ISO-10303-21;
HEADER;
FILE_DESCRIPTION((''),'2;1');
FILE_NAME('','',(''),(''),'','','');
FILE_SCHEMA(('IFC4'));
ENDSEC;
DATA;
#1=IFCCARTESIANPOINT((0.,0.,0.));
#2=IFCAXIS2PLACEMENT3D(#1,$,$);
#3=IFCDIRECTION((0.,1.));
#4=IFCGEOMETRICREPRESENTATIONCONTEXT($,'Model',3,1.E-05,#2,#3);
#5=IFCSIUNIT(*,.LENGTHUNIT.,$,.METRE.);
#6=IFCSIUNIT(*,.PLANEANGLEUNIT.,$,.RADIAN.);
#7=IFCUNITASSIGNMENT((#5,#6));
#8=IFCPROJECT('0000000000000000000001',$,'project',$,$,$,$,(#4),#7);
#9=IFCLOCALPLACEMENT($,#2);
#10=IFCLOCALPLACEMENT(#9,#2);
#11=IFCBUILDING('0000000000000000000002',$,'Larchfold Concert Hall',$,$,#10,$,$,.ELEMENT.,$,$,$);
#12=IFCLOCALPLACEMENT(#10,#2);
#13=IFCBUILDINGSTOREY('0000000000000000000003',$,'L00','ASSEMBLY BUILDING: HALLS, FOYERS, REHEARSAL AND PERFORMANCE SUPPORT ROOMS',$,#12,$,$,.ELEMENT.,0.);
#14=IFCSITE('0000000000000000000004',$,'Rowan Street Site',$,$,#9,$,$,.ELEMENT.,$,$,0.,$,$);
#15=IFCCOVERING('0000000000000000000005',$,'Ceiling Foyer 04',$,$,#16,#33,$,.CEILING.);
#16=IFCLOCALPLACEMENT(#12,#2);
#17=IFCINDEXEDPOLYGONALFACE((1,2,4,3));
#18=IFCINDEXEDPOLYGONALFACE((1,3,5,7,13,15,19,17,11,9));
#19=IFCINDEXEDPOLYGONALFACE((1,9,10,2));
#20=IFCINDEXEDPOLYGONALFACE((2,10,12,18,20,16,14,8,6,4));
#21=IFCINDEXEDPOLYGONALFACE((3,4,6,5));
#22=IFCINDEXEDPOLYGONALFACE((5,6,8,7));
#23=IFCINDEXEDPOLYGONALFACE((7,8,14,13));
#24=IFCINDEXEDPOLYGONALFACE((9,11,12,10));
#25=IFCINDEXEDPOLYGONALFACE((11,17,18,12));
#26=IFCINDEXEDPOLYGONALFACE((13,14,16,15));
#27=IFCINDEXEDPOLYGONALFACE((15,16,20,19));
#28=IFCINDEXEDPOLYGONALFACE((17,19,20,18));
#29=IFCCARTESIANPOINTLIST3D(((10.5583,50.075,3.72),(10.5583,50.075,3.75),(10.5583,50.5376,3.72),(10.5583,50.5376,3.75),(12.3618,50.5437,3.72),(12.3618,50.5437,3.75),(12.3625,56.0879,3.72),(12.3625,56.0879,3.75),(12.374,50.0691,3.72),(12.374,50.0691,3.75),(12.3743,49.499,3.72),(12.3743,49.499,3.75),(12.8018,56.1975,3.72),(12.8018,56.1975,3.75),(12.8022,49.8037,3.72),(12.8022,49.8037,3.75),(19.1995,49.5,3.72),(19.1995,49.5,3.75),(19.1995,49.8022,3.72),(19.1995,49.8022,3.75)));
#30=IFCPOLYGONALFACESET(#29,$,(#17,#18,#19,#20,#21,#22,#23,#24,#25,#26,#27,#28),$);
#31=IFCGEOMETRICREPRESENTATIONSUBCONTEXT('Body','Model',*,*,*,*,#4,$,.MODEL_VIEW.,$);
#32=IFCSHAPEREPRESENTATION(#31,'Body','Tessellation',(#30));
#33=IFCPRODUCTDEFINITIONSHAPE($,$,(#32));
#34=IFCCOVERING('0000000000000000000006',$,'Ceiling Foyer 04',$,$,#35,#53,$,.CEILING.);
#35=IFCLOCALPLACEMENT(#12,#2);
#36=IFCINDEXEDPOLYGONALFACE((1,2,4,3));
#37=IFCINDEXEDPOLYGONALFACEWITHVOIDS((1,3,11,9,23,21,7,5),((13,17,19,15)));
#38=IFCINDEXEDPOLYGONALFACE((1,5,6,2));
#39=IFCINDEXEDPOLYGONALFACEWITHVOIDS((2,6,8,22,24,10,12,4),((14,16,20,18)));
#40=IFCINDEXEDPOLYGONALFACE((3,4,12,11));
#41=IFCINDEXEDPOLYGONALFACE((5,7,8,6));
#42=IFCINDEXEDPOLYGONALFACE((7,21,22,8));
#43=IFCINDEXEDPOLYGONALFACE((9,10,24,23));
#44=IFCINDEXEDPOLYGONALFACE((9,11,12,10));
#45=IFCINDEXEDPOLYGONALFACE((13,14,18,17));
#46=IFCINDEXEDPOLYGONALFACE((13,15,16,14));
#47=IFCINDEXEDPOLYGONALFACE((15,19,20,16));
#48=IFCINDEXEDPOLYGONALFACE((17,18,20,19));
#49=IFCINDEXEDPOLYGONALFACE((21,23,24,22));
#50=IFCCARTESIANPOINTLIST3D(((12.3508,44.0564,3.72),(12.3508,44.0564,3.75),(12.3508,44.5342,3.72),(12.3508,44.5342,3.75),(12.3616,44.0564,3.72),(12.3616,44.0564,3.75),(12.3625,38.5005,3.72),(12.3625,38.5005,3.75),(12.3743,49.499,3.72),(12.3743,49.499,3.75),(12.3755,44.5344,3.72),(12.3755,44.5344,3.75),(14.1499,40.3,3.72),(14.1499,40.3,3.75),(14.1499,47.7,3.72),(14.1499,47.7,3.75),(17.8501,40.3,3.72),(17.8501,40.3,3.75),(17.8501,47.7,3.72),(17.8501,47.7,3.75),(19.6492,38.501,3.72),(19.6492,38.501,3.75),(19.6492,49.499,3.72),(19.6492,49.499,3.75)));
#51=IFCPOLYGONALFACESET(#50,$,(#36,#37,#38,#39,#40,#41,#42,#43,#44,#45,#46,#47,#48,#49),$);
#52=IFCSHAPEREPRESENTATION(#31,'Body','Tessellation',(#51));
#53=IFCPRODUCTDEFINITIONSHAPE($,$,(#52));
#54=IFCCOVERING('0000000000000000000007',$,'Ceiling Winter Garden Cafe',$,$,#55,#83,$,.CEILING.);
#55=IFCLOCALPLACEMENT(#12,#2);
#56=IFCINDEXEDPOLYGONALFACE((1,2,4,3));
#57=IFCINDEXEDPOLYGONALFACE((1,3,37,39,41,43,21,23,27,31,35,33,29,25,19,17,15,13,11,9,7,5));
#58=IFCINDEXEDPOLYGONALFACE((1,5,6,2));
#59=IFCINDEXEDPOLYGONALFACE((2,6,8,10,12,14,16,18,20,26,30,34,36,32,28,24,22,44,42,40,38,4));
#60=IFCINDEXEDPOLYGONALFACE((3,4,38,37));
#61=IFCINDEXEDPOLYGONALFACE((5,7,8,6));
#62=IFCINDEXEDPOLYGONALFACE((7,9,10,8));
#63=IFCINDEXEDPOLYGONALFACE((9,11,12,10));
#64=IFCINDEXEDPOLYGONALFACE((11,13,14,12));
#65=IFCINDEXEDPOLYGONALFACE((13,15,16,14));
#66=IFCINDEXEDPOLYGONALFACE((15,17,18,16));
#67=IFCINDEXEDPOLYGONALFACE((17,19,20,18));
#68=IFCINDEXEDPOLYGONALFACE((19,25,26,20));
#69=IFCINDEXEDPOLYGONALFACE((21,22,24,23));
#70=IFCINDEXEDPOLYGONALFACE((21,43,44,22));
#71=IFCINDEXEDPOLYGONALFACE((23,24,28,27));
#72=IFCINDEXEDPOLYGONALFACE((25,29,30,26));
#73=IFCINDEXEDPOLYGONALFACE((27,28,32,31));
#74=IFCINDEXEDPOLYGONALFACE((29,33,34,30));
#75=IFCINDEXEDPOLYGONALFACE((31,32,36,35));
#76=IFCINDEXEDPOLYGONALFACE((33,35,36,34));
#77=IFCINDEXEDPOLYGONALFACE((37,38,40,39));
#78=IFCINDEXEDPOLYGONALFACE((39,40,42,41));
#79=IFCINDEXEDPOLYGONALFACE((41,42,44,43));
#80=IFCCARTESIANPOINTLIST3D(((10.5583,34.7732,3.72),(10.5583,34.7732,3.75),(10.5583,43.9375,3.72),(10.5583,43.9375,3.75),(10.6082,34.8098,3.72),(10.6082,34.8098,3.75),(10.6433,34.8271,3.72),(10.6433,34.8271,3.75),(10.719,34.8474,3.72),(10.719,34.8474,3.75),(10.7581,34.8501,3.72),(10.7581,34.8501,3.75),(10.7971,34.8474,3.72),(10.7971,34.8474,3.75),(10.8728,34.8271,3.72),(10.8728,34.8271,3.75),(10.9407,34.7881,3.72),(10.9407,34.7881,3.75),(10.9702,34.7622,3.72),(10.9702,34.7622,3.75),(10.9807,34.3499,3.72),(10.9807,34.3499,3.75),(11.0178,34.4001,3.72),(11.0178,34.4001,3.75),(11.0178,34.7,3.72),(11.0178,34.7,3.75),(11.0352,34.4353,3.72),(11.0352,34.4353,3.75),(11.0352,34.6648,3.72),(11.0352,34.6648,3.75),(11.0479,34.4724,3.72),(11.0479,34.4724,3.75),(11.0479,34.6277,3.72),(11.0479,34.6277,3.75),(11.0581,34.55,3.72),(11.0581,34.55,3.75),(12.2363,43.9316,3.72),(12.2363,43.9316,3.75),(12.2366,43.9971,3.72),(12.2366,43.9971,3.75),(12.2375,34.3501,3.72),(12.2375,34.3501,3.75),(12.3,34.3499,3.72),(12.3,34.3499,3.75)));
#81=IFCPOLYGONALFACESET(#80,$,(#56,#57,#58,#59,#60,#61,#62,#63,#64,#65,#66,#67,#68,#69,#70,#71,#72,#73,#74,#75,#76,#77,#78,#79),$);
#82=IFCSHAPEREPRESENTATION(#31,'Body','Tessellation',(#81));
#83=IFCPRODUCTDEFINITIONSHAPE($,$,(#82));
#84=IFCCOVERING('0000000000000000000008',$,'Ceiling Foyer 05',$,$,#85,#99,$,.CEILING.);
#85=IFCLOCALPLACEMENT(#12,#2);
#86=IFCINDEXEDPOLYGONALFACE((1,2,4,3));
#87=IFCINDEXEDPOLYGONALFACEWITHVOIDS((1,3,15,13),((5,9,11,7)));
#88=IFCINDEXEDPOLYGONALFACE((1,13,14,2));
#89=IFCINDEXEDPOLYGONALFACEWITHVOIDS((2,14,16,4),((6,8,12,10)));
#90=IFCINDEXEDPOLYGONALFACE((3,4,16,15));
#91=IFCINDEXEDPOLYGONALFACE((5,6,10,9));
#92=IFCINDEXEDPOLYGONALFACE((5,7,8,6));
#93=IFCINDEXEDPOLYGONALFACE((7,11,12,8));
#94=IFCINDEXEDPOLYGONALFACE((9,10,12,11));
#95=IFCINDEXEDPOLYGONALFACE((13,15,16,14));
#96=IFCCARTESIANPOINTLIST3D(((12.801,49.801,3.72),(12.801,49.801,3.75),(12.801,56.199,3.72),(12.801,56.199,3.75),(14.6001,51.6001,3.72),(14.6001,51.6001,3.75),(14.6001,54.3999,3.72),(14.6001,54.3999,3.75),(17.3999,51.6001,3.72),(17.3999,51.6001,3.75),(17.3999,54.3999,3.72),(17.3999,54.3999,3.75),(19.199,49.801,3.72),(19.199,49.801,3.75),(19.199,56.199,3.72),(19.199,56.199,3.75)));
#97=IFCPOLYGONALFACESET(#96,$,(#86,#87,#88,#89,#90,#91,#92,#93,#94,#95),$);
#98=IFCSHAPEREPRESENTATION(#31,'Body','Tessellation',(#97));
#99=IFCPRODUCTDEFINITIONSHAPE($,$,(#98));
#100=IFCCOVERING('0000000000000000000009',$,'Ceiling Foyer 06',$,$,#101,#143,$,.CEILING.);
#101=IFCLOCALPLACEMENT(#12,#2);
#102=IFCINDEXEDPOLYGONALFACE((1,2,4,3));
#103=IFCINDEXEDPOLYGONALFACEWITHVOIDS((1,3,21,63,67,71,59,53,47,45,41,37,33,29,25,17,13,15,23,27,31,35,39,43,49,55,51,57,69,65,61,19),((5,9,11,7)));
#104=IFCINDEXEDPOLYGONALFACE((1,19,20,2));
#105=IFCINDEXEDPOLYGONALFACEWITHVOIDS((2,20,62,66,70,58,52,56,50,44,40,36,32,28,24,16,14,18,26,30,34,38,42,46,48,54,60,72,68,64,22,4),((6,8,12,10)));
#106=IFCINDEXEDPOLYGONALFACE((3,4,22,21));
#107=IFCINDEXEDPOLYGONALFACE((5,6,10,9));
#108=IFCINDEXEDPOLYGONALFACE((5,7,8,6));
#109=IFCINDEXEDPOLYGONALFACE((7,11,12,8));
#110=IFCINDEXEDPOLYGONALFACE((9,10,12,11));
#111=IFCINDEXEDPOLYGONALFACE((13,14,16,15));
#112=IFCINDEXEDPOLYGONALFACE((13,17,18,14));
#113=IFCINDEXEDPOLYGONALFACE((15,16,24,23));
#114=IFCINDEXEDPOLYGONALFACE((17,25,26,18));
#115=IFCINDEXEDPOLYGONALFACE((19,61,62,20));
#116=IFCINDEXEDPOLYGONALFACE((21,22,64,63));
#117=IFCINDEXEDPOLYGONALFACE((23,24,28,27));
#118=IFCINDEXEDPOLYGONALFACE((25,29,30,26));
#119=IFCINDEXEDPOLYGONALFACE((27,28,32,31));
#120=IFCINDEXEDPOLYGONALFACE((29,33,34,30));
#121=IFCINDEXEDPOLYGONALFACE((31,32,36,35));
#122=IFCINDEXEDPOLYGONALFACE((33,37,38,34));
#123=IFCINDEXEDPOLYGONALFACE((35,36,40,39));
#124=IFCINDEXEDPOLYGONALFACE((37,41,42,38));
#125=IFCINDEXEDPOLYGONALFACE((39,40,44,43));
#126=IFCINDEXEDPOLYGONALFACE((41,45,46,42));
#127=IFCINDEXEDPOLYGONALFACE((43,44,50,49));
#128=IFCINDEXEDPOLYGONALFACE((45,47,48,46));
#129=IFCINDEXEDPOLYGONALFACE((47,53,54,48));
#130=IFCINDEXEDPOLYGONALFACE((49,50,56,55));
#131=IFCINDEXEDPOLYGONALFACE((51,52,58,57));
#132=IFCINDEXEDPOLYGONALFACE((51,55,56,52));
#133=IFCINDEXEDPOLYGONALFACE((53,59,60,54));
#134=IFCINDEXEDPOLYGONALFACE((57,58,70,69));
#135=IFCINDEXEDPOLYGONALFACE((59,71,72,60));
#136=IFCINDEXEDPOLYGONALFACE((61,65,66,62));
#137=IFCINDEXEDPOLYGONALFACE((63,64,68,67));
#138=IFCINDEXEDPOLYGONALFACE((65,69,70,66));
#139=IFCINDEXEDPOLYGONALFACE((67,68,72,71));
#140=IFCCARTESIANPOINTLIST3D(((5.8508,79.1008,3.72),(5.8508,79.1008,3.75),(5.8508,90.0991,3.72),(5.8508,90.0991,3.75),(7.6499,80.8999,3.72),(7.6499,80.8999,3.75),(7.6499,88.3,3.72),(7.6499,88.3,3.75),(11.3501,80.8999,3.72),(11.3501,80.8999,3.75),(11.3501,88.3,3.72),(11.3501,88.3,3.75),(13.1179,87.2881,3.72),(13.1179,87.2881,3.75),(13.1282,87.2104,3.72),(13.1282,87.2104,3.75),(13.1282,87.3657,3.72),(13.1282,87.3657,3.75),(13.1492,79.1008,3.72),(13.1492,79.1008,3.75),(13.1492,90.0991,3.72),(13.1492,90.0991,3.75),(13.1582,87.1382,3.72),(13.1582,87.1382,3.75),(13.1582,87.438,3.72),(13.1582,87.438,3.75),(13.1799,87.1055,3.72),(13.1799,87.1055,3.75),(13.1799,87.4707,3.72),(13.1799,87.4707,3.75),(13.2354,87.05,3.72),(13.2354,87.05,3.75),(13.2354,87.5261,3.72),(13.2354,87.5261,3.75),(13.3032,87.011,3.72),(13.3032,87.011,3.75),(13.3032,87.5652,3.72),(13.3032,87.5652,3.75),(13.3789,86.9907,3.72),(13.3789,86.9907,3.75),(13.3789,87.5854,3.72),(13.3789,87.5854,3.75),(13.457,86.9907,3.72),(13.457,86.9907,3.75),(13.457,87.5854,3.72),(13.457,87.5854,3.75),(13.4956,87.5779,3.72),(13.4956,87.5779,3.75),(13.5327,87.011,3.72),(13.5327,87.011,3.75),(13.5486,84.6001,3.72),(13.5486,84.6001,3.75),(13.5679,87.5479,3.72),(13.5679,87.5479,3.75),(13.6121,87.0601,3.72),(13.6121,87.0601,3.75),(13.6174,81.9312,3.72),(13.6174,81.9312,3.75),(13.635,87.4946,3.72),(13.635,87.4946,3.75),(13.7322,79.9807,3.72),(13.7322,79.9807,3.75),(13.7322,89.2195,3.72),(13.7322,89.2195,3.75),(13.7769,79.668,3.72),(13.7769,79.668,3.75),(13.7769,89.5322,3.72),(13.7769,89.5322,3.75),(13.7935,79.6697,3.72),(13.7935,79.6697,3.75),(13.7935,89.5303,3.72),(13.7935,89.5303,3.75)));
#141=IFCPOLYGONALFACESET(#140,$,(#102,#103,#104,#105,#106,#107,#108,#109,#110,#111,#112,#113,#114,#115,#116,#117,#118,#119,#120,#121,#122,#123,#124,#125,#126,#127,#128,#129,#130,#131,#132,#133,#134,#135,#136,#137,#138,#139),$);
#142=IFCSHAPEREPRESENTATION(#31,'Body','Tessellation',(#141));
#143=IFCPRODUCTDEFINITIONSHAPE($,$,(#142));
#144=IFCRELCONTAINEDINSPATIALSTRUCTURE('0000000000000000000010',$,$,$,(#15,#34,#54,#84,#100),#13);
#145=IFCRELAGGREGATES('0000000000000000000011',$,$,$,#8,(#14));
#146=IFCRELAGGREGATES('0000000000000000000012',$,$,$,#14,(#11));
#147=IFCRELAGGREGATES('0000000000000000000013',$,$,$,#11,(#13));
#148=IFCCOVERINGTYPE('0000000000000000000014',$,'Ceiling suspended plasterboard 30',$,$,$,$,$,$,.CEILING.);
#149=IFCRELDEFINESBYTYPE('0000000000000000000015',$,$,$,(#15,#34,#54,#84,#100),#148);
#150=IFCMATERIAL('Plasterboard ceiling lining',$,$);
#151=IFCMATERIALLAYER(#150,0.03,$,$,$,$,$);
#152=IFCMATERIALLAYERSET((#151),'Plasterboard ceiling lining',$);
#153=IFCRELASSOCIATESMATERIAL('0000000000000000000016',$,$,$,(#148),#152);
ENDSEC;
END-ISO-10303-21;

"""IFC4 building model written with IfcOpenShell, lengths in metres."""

from ifc_helpers import new_model, si_unit, direction, frame, origin, place, context, subcontext, project, spatial, polyline, outline, extrude, material, layer, layer_set, type_object, element, save


model = new_model("IFC4")

# Units and contexts
model_context = context("Model", 3, precision=1e-05, world=origin(), true_north=direction((0.0, 1.0)))
body_context = subcontext(model_context, "Body", "Model", "MODEL_VIEW")
ifc_project = project(units=[si_unit("LENGTHUNIT", "METRE"), si_unit("PLANEANGLEUNIT", "RADIAN")], contexts=[model_context])

# Site, building, storey
site_placement = place(None, origin())
site = spatial("IfcSite", under=ifc_project, at=site_placement, Name="Rowan Street Site", CompositionType="ELEMENT", RefElevation=0.0)
building_placement = place(site_placement, origin())
building = spatial("IfcBuilding", under=site, at=building_placement, Name="Larchfold Concert Hall", CompositionType="ELEMENT")
storey_placement = place(building_placement, origin())
storey = spatial("IfcBuildingStorey", under=building, at=storey_placement, Name="L00", Description="ASSEMBLY BUILDING: HALLS, FOYERS, REHEARSAL AND PERFORMANCE SUPPORT ROOMS", CompositionType="ELEMENT", Elevation=0.0)

# Coverings
ifc_material_1 = material(Name="Plasterboard ceiling lining")
ifc_layer_1 = layer(ifc_material_1, 0.03)
ifc_layer_set_1 = layer_set([ifc_layer_1], Name="Plasterboard ceiling lining")
covering_type_1 = type_object("IfcCoveringType", Name="Ceiling suspended plasterboard 30", PredefinedType="CEILING", material=ifc_layer_set_1)
covering_1_placement = place(storey_placement, frame((0.0, 0.0, 3.72)))
element("IfcCovering", 1, at=covering_1_placement, inside=storey, type_object=covering_type_1, Name="Ceiling Foyer 04", PredefinedType="CEILING", context=body_context, shape_type="SweptSolid", body=[
    extrude(outline(polyline([(10.5583, 50.075), (12.374, 50.0691), (12.3743, 49.499), (19.1995, 49.5), (19.1995, 49.8022), (12.8022, 49.8037), (12.8018, 56.1975), (12.3625, 56.0879), (12.3618, 50.5437), (10.5583, 50.5376), (10.5583, 50.075)])), origin(), (0.0, 0.0, 1.0), 0.03),
])
covering_2_placement = place(storey_placement, frame((0.0, 0.0, 3.72)))
element("IfcCovering", 2, at=covering_2_placement, inside=storey, type_object=covering_type_1, Name="Ceiling Foyer 04", PredefinedType="CEILING", context=body_context, shape_type="SweptSolid", body=[
    extrude(outline(polyline([(12.3755, 44.5344), (12.3508, 44.5342), (12.3508, 44.0564), (12.3616, 44.0564), (12.3625, 38.5005), (19.6492, 38.501), (19.6492, 49.499), (12.3743, 49.499), (12.3755, 44.5344)]), holes=[polyline([(14.1499, 40.3), (14.1499, 47.7), (17.8501, 47.7), (17.8501, 40.3), (14.1499, 40.3)])]), origin(), (0.0, 0.0, 1.0), 0.03),
])
covering_3_placement = place(storey_placement, frame((0.0, 0.0, 3.72)))
element("IfcCovering", 3, at=covering_3_placement, inside=storey, type_object=covering_type_1, Name="Ceiling Winter Garden Cafe", PredefinedType="CEILING", context=body_context, shape_type="SweptSolid", body=[
    extrude(outline(polyline([(12.2366, 43.9971), (12.2363, 43.9316), (10.5583, 43.9375), (10.5583, 34.7732), (10.6082, 34.8098), (10.6433, 34.8271), (10.719, 34.8474), (10.7581, 34.8501), (10.7971, 34.8474), (10.8728, 34.8271), (10.9407, 34.7881), (10.9702, 34.7622), (11.0178, 34.7), (11.0352, 34.6648), (11.0479, 34.6277), (11.0581, 34.55), (11.0479, 34.4724), (11.0352, 34.4353), (11.0178, 34.4001), (10.9807, 34.3499), (12.3, 34.3499), (12.2375, 34.3501), (12.2366, 43.9971)])), origin(), (0.0, 0.0, 1.0), 0.03),
])
covering_4_placement = place(storey_placement, frame((0.0, 0.0, 3.72)))
element("IfcCovering", 4, at=covering_4_placement, inside=storey, type_object=covering_type_1, Name="Ceiling Foyer 05", PredefinedType="CEILING", context=body_context, shape_type="SweptSolid", body=[
    extrude(outline(polyline([(12.801, 49.801), (19.199, 49.801), (19.199, 56.199), (12.801, 56.199), (12.801, 49.801)]), holes=[polyline([(14.6001, 54.3999), (17.3999, 54.3999), (17.3999, 51.6001), (14.6001, 51.6001), (14.6001, 54.3999)])]), origin(), (0.0, 0.0, 1.0), 0.03),
])
covering_5_placement = place(storey_placement, frame((0.0, 0.0, 3.72)))
element("IfcCovering", 5, at=covering_5_placement, inside=storey, type_object=covering_type_1, Name="Ceiling Foyer 06", PredefinedType="CEILING", context=body_context, shape_type="SweptSolid", body=[
    extrude(outline(polyline([(5.8508, 90.0991), (5.8508, 79.1008), (13.1492, 79.1008), (13.7322, 79.9807), (13.7769, 79.668), (13.7935, 79.6697), (13.6174, 81.9312), (13.5486, 84.6001), (13.6121, 87.0601), (13.5327, 87.011), (13.457, 86.9907), (13.3789, 86.9907), (13.3032, 87.011), (13.2354, 87.05), (13.1799, 87.1055), (13.1582, 87.1382), (13.1282, 87.2104), (13.1179, 87.2881), (13.1282, 87.3657), (13.1582, 87.438), (13.1799, 87.4707), (13.2354, 87.5261), (13.3032, 87.5652), (13.3789, 87.5854), (13.457, 87.5854), (13.4956, 87.5779), (13.5679, 87.5479), (13.635, 87.4946), (13.7935, 89.5303), (13.7769, 89.5322), (13.7322, 89.2195), (13.1492, 90.0991), (5.8508, 90.0991)]), holes=[polyline([(7.6499, 88.3), (11.3501, 88.3), (11.3501, 80.8999), (7.6499, 80.8999), (7.6499, 88.3)])]), origin(), (0.0, 0.0, 1.0), 0.03),
])

save(model, "model.ifc")
